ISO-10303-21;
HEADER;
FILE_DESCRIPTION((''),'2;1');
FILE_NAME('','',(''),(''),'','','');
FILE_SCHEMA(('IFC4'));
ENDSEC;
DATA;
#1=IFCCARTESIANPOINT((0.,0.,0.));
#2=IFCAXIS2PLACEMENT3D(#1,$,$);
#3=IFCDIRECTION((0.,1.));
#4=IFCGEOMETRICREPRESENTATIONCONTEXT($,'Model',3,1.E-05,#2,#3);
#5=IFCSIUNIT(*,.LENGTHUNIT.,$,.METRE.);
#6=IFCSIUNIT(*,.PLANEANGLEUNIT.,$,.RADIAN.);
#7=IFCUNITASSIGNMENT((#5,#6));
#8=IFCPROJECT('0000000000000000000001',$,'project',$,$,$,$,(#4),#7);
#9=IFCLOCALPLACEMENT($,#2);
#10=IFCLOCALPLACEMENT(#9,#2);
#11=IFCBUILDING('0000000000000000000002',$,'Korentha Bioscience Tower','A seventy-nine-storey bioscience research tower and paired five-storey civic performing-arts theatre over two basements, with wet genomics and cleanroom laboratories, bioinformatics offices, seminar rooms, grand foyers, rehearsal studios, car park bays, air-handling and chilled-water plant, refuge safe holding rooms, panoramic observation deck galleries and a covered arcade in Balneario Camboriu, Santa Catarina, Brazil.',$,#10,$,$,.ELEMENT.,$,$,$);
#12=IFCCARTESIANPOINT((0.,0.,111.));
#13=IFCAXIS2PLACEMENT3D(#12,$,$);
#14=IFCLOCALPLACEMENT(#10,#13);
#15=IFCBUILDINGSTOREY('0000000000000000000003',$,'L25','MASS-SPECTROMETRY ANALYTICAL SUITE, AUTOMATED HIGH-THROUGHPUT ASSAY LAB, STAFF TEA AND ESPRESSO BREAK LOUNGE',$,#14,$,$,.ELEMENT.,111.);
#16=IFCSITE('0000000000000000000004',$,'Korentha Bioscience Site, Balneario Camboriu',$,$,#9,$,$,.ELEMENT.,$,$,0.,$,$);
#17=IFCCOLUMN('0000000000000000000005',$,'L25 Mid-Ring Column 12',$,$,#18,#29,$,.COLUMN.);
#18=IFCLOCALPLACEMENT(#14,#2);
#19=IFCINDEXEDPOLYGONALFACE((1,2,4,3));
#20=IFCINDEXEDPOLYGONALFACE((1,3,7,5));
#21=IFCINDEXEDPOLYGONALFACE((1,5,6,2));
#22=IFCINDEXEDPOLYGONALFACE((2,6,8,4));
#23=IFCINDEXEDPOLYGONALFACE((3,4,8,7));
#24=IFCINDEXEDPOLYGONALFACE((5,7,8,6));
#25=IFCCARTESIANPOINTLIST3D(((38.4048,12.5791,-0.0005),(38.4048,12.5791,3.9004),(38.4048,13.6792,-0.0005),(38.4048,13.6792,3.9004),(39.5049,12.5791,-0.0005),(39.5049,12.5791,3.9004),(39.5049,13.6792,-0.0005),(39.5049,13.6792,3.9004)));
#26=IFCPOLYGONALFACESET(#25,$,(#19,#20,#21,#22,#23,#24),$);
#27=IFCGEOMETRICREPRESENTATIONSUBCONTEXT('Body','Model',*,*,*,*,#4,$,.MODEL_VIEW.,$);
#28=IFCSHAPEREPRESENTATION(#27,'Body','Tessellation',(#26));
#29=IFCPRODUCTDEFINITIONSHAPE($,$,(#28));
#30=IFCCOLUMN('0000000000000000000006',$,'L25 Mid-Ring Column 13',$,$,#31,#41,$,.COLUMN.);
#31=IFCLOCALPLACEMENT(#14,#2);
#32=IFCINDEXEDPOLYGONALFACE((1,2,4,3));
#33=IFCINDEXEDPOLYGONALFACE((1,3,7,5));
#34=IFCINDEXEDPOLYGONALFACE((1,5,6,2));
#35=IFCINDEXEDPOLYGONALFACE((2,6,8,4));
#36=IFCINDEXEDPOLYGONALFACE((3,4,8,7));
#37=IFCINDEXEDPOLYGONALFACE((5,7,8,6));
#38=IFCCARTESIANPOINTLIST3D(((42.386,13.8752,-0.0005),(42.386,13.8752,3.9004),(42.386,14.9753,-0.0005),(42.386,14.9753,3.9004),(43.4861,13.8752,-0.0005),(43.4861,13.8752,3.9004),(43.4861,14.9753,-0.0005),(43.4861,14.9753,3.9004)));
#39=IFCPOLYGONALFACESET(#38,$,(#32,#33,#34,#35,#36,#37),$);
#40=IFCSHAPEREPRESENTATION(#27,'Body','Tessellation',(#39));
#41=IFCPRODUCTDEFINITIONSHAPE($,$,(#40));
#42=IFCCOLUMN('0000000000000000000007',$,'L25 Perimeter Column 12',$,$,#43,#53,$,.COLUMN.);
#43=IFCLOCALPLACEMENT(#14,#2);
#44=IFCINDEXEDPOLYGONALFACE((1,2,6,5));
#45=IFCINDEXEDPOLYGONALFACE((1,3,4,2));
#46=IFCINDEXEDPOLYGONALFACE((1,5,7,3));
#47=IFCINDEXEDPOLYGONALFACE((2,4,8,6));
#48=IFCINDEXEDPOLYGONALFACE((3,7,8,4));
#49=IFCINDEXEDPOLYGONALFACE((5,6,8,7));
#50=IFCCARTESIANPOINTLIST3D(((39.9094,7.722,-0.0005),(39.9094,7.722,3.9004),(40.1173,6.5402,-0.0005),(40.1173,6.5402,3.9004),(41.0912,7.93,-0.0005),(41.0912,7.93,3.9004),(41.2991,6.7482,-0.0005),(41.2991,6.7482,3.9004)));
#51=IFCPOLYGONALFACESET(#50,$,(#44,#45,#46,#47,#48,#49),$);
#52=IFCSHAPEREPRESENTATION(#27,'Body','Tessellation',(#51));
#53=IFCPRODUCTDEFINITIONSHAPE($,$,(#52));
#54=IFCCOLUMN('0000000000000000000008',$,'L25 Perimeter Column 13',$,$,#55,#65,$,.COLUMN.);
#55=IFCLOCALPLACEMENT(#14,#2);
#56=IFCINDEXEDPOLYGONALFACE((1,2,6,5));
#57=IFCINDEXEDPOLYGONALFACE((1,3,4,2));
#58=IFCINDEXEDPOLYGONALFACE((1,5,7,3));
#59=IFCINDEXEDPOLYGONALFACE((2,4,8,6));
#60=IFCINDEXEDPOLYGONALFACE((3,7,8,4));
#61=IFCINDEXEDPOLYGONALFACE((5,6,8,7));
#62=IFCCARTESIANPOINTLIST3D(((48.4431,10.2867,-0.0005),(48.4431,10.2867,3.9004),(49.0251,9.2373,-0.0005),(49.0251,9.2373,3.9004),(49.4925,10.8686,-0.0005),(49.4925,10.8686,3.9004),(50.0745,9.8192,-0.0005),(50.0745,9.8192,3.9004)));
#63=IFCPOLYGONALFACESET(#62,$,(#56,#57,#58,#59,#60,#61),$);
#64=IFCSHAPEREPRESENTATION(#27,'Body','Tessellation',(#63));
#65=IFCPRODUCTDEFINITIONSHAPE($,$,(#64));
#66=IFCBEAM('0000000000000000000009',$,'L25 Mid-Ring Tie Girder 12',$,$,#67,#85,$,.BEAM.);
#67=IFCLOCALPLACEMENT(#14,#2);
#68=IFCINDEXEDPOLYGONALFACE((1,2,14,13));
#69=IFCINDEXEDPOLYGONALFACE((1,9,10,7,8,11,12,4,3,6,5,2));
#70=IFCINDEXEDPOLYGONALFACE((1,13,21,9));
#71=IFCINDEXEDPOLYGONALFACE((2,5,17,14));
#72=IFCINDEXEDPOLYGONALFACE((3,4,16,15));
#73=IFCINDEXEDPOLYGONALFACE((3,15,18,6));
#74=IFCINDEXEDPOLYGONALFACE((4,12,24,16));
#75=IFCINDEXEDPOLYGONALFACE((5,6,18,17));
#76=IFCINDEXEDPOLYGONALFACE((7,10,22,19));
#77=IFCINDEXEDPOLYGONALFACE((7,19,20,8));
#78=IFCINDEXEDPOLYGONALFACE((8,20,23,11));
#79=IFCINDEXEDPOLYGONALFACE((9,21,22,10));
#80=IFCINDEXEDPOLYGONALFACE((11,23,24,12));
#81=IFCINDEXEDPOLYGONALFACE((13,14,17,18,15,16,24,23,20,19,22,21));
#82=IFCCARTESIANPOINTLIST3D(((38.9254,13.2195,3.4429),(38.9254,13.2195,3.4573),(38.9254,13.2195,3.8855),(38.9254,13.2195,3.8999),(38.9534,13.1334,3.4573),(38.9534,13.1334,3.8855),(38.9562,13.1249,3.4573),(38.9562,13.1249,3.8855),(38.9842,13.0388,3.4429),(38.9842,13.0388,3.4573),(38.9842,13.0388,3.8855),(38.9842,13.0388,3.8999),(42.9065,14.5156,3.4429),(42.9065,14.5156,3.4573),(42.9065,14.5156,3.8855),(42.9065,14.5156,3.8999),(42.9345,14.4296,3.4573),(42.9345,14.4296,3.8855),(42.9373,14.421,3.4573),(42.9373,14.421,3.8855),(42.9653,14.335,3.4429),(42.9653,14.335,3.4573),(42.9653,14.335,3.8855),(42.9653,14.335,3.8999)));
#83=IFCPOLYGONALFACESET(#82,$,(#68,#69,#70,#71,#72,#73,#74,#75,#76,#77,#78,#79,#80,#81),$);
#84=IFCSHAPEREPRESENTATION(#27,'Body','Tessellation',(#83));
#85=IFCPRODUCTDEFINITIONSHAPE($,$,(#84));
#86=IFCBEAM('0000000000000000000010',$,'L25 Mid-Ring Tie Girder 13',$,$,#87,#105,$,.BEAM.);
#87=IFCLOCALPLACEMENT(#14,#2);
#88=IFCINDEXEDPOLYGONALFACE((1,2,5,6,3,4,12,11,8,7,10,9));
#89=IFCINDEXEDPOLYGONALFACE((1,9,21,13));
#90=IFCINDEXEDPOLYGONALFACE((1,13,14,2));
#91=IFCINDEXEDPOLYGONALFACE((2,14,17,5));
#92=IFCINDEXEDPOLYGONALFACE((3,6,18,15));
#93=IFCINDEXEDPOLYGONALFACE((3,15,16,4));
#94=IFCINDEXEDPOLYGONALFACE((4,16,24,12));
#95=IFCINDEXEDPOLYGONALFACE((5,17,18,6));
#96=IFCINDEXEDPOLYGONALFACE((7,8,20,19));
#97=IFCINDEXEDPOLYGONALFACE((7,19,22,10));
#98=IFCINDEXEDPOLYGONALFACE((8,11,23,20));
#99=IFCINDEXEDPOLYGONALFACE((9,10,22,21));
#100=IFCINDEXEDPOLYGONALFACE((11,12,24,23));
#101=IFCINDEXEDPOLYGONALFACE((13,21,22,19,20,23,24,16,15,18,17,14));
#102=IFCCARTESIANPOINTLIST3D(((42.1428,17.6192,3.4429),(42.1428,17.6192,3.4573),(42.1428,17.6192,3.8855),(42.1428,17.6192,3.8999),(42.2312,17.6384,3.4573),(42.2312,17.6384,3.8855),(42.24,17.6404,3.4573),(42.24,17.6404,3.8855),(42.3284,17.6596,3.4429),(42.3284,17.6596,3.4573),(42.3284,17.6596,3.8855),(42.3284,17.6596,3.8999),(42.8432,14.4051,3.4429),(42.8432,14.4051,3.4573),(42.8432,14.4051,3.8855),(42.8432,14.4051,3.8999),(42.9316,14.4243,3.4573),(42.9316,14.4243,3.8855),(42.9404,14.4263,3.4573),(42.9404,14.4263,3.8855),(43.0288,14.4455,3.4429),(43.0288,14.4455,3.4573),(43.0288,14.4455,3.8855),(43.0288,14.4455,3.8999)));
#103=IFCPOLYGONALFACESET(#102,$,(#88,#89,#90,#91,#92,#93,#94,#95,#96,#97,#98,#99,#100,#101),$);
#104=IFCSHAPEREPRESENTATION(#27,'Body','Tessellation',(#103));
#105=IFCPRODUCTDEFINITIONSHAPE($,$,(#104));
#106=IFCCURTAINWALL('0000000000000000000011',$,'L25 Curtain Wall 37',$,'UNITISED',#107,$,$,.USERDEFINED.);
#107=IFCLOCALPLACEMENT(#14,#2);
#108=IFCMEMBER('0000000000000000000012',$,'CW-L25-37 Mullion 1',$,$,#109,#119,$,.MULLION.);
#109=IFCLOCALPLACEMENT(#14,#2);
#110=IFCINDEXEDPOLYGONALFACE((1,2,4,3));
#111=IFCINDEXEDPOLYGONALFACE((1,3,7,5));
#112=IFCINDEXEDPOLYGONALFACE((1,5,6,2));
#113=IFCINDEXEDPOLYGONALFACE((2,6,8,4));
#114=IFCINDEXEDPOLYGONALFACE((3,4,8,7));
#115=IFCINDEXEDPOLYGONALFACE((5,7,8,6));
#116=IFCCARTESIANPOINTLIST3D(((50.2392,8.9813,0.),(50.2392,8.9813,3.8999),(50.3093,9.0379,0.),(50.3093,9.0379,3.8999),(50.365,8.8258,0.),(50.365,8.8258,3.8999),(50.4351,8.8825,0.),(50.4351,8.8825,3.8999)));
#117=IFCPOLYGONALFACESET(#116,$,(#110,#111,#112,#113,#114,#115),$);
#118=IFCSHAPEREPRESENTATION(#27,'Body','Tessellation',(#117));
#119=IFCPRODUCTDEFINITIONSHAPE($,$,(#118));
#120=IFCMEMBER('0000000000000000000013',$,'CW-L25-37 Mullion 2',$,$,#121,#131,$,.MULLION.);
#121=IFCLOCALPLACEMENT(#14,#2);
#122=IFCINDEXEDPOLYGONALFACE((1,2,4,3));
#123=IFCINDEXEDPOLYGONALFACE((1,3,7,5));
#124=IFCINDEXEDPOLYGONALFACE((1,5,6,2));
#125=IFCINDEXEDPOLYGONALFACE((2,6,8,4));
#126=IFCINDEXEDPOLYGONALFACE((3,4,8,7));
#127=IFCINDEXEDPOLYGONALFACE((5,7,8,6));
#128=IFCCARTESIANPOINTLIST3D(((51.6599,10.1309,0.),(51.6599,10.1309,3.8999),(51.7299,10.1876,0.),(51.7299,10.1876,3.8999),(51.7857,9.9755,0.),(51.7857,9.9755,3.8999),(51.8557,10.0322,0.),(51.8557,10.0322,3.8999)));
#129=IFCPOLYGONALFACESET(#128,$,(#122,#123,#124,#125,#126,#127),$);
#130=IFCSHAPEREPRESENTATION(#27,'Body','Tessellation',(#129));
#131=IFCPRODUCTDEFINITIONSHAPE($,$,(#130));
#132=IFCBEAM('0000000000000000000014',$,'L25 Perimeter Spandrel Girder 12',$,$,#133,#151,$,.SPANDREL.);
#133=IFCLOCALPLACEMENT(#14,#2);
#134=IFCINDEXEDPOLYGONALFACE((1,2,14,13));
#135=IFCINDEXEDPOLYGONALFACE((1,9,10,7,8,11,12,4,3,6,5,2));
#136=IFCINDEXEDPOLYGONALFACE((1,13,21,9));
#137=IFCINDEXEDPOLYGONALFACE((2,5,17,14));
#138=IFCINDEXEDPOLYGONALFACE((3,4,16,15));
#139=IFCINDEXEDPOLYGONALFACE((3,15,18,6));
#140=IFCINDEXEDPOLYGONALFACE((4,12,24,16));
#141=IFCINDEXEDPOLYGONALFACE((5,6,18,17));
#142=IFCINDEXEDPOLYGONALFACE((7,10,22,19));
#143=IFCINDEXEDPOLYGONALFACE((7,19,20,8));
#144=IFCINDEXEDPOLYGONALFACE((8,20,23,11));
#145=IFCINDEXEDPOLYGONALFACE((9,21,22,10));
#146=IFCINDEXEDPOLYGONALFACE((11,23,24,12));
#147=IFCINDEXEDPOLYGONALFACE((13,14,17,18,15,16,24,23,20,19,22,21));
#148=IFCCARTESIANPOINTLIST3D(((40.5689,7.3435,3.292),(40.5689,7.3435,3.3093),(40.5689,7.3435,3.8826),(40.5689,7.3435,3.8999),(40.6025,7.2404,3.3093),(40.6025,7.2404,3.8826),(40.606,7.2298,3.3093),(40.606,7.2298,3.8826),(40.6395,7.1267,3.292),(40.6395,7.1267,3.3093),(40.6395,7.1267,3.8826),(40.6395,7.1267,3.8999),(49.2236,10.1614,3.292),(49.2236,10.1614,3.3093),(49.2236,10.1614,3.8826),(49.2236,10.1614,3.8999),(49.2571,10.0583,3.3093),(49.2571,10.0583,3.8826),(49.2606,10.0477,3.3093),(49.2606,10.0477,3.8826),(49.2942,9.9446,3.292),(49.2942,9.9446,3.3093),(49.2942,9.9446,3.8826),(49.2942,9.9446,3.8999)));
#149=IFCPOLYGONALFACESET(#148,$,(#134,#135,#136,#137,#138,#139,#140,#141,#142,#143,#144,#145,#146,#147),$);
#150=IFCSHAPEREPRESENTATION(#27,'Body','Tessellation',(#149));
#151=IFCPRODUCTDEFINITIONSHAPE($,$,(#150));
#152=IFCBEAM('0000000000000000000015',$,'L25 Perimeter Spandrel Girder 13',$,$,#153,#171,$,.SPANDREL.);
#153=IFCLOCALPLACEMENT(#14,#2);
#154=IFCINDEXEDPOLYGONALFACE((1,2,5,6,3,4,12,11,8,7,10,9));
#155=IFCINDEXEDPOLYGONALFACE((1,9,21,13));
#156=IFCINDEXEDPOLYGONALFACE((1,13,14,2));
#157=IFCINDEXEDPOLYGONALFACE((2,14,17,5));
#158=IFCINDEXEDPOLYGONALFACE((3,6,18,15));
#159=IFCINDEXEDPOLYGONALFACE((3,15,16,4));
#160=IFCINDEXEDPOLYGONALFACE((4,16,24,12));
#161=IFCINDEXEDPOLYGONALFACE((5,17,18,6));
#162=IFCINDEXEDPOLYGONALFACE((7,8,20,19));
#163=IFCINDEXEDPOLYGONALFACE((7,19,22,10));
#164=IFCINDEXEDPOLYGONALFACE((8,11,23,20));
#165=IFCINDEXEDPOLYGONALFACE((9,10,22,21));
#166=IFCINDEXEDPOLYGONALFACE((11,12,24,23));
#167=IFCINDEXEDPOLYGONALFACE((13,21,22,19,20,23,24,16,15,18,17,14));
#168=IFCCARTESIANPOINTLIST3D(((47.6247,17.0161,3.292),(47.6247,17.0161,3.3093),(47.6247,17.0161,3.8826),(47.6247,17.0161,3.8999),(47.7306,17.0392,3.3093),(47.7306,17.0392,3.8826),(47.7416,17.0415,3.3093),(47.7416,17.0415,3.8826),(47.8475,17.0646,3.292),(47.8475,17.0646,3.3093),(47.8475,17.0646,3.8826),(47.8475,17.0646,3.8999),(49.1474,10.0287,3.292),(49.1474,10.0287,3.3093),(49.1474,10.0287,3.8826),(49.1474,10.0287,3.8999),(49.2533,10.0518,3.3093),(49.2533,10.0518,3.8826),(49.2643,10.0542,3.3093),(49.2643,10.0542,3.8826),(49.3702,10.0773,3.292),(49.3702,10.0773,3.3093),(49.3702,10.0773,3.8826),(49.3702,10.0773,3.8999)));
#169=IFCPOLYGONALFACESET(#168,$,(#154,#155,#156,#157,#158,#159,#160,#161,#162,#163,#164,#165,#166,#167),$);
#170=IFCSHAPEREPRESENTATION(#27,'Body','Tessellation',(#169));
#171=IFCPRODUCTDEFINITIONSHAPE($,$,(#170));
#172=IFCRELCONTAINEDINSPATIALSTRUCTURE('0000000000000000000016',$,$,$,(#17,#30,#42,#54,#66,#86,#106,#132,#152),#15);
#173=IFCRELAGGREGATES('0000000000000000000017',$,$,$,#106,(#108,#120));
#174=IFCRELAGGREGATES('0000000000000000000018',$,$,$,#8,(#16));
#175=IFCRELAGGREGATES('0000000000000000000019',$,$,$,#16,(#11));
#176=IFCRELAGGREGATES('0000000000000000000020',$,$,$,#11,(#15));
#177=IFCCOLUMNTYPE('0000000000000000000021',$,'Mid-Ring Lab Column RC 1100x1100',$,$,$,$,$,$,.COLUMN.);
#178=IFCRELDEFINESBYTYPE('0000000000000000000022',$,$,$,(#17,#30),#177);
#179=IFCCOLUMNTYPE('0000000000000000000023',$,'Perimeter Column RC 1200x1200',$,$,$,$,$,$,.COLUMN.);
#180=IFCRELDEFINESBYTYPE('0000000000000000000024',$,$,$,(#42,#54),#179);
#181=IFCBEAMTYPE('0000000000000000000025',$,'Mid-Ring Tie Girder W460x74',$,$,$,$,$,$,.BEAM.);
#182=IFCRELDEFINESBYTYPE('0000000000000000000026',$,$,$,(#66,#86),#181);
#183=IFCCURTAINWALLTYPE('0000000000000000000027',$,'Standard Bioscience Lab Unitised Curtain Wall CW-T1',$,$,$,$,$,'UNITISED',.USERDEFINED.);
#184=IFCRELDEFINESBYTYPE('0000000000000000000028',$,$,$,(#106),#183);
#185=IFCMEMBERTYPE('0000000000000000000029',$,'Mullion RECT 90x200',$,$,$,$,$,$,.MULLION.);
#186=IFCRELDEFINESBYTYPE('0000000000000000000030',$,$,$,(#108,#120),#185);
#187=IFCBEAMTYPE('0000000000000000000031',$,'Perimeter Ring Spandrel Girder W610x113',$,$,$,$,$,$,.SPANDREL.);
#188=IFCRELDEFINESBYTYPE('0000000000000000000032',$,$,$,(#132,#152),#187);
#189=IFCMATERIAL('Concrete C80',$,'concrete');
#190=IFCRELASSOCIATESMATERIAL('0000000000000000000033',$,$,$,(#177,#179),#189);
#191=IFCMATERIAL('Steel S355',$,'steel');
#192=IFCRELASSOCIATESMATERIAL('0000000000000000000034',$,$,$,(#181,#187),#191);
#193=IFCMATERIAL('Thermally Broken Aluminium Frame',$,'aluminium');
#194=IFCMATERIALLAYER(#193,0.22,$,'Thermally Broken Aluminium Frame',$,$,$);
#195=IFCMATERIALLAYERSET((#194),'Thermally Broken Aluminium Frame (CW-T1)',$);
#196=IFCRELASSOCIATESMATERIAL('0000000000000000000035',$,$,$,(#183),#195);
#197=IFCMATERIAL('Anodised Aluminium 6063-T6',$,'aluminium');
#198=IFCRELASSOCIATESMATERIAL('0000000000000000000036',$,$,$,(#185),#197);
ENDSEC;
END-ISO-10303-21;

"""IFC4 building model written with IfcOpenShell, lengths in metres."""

from ifc_helpers import new_model, si_unit, direction, frame, origin, origin_2d, place, context, subcontext, project, spatial, rectangle, i_section, extrude, material, layer, layer_set, material_profile, profile_set, type_object, element, aggregate, save


model = new_model("IFC4")

# Units and contexts
model_context = context("Model", 3, precision=1e-05, world=origin(), true_north=direction((0.0, 1.0)))
body_context = subcontext(model_context, "Body", "Model", "MODEL_VIEW")
ifc_project = project(units=[si_unit("LENGTHUNIT", "METRE"), si_unit("PLANEANGLEUNIT", "RADIAN")], contexts=[model_context])

# Site, building, storey
site_placement = place(None, origin())
site = spatial("IfcSite", under=ifc_project, at=site_placement, Name="Korentha Bioscience Site, Balneario Camboriu", CompositionType="ELEMENT", RefElevation=0.0)
building_placement = place(site_placement, origin())
building = spatial("IfcBuilding", under=site, at=building_placement, Name="Korentha Bioscience Tower", Description="A seventy-nine-storey bioscience research tower and paired five-storey civic performing-arts theatre over two basements, with wet genomics and cleanroom laboratories, bioinformatics offices, seminar rooms, grand foyers, rehearsal studios, car park bays, air-handling and chilled-water plant, refuge safe holding rooms, panoramic observation deck galleries and a covered arcade in Balneario Camboriu, Santa Catarina, Brazil.", CompositionType="ELEMENT")
storey_placement = place(building_placement, frame((0.0, 0.0, 111.0)))
storey = spatial("IfcBuildingStorey", under=building, at=storey_placement, Name="L25", Description="MASS-SPECTROMETRY ANALYTICAL SUITE, AUTOMATED HIGH-THROUGHPUT ASSAY LAB, STAFF TEA AND ESPRESSO BREAK LOUNGE", CompositionType="ELEMENT", Elevation=111.0)

# Columns
ifc_material_1 = material(Name="Concrete C80", Category="concrete")
ifc_material_profile_1 = material_profile(ifc_material_1, rectangle(XDim=1.1001, YDim=1.1001, at=origin_2d()), Name="Concrete C80")
ifc_profile_set_1 = profile_set([ifc_material_profile_1], Name="Concrete C80 (COL-MR11)")
column_type_1 = type_object("IfcColumnType", Name="Mid-Ring Lab Column RC 1100x1100", PredefinedType="COLUMN", material=ifc_profile_set_1)
for number, where, z_axis, x_axis, name in (
    (1, (38.9548, 13.1292, -0.0005), (0.0, 0.0, 1.0), (1.0, 0.0, 0.0), "L25 Mid-Ring Column 12"),
    (2, (42.936, 14.4253, -0.0005), (0.0, 0.0, 1.0), (1.0, 0.0, 0.0), "L25 Mid-Ring Column 13"),
):
    element("IfcColumn", number, at=place(storey_placement, frame(where, z_axis=z_axis, x_axis=x_axis)), inside=storey, type_object=column_type_1, Name=name, PredefinedType="COLUMN", context=body_context, shape_type="SweptSolid", body=[
        extrude(rectangle(XDim=1.1001, YDim=1.1001, at=origin_2d()), origin(), (0.0, 0.0, 1.0), 3.9009),
    ])
ifc_material_profile_2 = material_profile(ifc_material_1, rectangle(XDim=1.2, YDim=1.2, at=origin_2d()), Name="Concrete C80")
ifc_profile_set_2 = profile_set([ifc_material_profile_2], Name="Concrete C80 (COL-P12)")
column_type_2 = type_object("IfcColumnType", Name="Perimeter Column RC 1200x1200", PredefinedType="COLUMN", material=ifc_profile_set_2)
for number, where, z_axis, x_axis, name in (
    (3, (40.6042, 7.2351, -0.0005), (0.0, 0.0, 1.0), (0.984868, 0.173304, 0.0), "L25 Perimeter Column 12"),
    (4, (49.2588, 10.053, -0.0005), (0.0, 0.0, 1.0), (0.874535, 0.484962, 0.0), "L25 Perimeter Column 13"),
):
    element("IfcColumn", number, at=place(storey_placement, frame(where, z_axis=z_axis, x_axis=x_axis)), inside=storey, type_object=column_type_2, Name=name, PredefinedType="COLUMN", context=body_context, shape_type="SweptSolid", body=[
        extrude(rectangle(XDim=1.2, YDim=1.2, at=origin_2d()), origin(), (0.0, 0.0, 1.0), 3.9009),
    ])

# Beams
ifc_material_2 = material(Name="Steel S355", Category="steel")
ifc_material_profile_3 = material_profile(ifc_material_2, i_section(OverallWidth=0.1899, OverallDepth=0.457, WebThickness=0.009, FlangeThickness=0.0144, at=origin_2d()), Name="Steel S355")
ifc_profile_set_3 = profile_set([ifc_material_profile_3], Name="Steel S355 (MB-460)")
beam_type_1 = type_object("IfcBeamType", Name="Mid-Ring Tie Girder W460x74", PredefinedType="BEAM", material=ifc_profile_set_3)
beam_1_placement = place(storey_placement, frame((38.9548, 13.1292, 3.6714), z_axis=(0.950876, 0.309573, 0.0), x_axis=(-0.309573, 0.950876, 0.0)))
element("IfcBeam", 5, at=beam_1_placement, inside=storey, type_object=beam_type_1, Name="L25 Mid-Ring Tie Girder 12", PredefinedType="BEAM", context=body_context, shape_type="SweptSolid", body=[
    extrude(i_section(OverallWidth=0.1899, OverallDepth=0.457, WebThickness=0.009, FlangeThickness=0.0144, at=origin_2d()), origin(), (0.0, 0.0, 1.0), 4.1868),
])
beam_2_placement = place(storey_placement, frame((42.936, 14.4253, 3.6714), z_axis=(-0.212929, 0.977068, 0.0), x_axis=(-0.977068, -0.212929, 0.0)))
element("IfcBeam", 6, at=beam_2_placement, inside=storey, type_object=beam_type_1, Name="L25 Mid-Ring Tie Girder 13", PredefinedType="BEAM", context=body_context, shape_type="SweptSolid", body=[
    extrude(i_section(OverallWidth=0.1899, OverallDepth=0.457, WebThickness=0.009, FlangeThickness=0.0144, at=origin_2d()), origin(), (0.0, 0.0, 1.0), 3.2896),
])

# Curtain wall, members
ifc_material_3 = material(Name="Thermally Broken Aluminium Frame", Category="aluminium")
ifc_layer_1 = layer(ifc_material_3, 0.22, Name="Thermally Broken Aluminium Frame")
ifc_layer_set_1 = layer_set([ifc_layer_1], Name="Thermally Broken Aluminium Frame (CW-T1)")
curtain_wall_type = type_object("IfcCurtainWallType", Name="Standard Bioscience Lab Unitised Curtain Wall CW-T1", ElementType="UNITISED", PredefinedType="USERDEFINED", material=ifc_layer_set_1)
curtain_wall_placement = place(storey_placement, origin())
curtain_wall = element("IfcCurtainWall", 7, at=curtain_wall_placement, inside=storey, type_object=curtain_wall_type, Name="L25 Curtain Wall 37", ObjectType="UNITISED", PredefinedType="USERDEFINED")
ifc_material_4 = material(Name="Anodised Aluminium 6063-T6", Category="aluminium")
ifc_material_profile_4 = material_profile(ifc_material_4, rectangle(XDim=0.0901, YDim=0.2, at=origin_2d()), Name="Anodised Aluminium 6063-T6")
ifc_profile_set_4 = profile_set([ifc_material_profile_4], Name="Anodised Aluminium 6063-T6 (CW-MUL)")
member_type_1 = type_object("IfcMemberType", Name="Mullion RECT 90x200", PredefinedType="MULLION", material=ifc_profile_set_4)
member_1_placement = place(storey_placement, frame((50.3372, 8.9319, 0.0), z_axis=(0.0, 0.0, 1.0), x_axis=(0.777315, 0.629111, 0.0)))
member_1 = element("IfcMember", 8, at=member_1_placement, type_object=member_type_1, Name="CW-L25-37 Mullion 1", PredefinedType="MULLION", context=body_context, shape_type="SweptSolid", body=[
    extrude(rectangle(XDim=0.0901, YDim=0.2, at=origin_2d()), origin(), (0.0, 0.0, 1.0), 3.8999),
])
member_2_placement = place(storey_placement, frame((51.7578, 10.0815, 0.0), z_axis=(0.0, 0.0, 1.0), x_axis=(0.777315, 0.629111, 0.0)))
member_2 = element("IfcMember", 9, at=member_2_placement, type_object=member_type_1, Name="CW-L25-37 Mullion 2", PredefinedType="MULLION", context=body_context, shape_type="SweptSolid", body=[
    extrude(rectangle(XDim=0.0901, YDim=0.2, at=origin_2d()), origin(), (0.0, 0.0, 1.0), 3.8999),
])

# Beams
ifc_material_profile_5 = material_profile(ifc_material_2, i_section(OverallWidth=0.228, OverallDepth=0.6079, WebThickness=0.0112, FlangeThickness=0.0173, at=origin_2d()), Name="Steel S355")
ifc_profile_set_5 = profile_set([ifc_material_profile_5], Name="Steel S355 (SB-610)")
beam_type_2 = type_object("IfcBeamType", Name="Perimeter Ring Spandrel Girder W610x113", PredefinedType="SPANDREL", material=ifc_profile_set_5)
beam_3_placement = place(storey_placement, frame((40.6042, 7.2351, 3.5959), z_axis=(0.950868, 0.309597, 0.0), x_axis=(-0.309597, 0.950868, 0.0)))
element("IfcBeam", 10, at=beam_3_placement, inside=storey, type_object=beam_type_2, Name="L25 Perimeter Spandrel Girder 12", PredefinedType="SPANDREL", context=body_context, shape_type="SweptSolid", body=[
    extrude(i_section(OverallWidth=0.228, OverallDepth=0.6079, WebThickness=0.0112, FlangeThickness=0.0173, at=origin_2d()), origin(), (0.0, 0.0, 1.0), 9.1018),
])
beam_4_placement = place(storey_placement, frame((49.2588, 10.053, 3.5959), z_axis=(-0.212927, 0.977068, 0.0), x_axis=(-0.977068, -0.212927, 0.0)))
element("IfcBeam", 11, at=beam_4_placement, inside=storey, type_object=beam_type_2, Name="L25 Perimeter Spandrel Girder 13", PredefinedType="SPANDREL", context=body_context, shape_type="SweptSolid", body=[
    extrude(i_section(OverallWidth=0.228, OverallDepth=0.6079, WebThickness=0.0112, FlangeThickness=0.0173, at=origin_2d()), origin(), (0.0, 0.0, 1.0), 7.1514),
])

aggregate(curtain_wall, [member_1, member_2])

save(model, "model.ifc")
